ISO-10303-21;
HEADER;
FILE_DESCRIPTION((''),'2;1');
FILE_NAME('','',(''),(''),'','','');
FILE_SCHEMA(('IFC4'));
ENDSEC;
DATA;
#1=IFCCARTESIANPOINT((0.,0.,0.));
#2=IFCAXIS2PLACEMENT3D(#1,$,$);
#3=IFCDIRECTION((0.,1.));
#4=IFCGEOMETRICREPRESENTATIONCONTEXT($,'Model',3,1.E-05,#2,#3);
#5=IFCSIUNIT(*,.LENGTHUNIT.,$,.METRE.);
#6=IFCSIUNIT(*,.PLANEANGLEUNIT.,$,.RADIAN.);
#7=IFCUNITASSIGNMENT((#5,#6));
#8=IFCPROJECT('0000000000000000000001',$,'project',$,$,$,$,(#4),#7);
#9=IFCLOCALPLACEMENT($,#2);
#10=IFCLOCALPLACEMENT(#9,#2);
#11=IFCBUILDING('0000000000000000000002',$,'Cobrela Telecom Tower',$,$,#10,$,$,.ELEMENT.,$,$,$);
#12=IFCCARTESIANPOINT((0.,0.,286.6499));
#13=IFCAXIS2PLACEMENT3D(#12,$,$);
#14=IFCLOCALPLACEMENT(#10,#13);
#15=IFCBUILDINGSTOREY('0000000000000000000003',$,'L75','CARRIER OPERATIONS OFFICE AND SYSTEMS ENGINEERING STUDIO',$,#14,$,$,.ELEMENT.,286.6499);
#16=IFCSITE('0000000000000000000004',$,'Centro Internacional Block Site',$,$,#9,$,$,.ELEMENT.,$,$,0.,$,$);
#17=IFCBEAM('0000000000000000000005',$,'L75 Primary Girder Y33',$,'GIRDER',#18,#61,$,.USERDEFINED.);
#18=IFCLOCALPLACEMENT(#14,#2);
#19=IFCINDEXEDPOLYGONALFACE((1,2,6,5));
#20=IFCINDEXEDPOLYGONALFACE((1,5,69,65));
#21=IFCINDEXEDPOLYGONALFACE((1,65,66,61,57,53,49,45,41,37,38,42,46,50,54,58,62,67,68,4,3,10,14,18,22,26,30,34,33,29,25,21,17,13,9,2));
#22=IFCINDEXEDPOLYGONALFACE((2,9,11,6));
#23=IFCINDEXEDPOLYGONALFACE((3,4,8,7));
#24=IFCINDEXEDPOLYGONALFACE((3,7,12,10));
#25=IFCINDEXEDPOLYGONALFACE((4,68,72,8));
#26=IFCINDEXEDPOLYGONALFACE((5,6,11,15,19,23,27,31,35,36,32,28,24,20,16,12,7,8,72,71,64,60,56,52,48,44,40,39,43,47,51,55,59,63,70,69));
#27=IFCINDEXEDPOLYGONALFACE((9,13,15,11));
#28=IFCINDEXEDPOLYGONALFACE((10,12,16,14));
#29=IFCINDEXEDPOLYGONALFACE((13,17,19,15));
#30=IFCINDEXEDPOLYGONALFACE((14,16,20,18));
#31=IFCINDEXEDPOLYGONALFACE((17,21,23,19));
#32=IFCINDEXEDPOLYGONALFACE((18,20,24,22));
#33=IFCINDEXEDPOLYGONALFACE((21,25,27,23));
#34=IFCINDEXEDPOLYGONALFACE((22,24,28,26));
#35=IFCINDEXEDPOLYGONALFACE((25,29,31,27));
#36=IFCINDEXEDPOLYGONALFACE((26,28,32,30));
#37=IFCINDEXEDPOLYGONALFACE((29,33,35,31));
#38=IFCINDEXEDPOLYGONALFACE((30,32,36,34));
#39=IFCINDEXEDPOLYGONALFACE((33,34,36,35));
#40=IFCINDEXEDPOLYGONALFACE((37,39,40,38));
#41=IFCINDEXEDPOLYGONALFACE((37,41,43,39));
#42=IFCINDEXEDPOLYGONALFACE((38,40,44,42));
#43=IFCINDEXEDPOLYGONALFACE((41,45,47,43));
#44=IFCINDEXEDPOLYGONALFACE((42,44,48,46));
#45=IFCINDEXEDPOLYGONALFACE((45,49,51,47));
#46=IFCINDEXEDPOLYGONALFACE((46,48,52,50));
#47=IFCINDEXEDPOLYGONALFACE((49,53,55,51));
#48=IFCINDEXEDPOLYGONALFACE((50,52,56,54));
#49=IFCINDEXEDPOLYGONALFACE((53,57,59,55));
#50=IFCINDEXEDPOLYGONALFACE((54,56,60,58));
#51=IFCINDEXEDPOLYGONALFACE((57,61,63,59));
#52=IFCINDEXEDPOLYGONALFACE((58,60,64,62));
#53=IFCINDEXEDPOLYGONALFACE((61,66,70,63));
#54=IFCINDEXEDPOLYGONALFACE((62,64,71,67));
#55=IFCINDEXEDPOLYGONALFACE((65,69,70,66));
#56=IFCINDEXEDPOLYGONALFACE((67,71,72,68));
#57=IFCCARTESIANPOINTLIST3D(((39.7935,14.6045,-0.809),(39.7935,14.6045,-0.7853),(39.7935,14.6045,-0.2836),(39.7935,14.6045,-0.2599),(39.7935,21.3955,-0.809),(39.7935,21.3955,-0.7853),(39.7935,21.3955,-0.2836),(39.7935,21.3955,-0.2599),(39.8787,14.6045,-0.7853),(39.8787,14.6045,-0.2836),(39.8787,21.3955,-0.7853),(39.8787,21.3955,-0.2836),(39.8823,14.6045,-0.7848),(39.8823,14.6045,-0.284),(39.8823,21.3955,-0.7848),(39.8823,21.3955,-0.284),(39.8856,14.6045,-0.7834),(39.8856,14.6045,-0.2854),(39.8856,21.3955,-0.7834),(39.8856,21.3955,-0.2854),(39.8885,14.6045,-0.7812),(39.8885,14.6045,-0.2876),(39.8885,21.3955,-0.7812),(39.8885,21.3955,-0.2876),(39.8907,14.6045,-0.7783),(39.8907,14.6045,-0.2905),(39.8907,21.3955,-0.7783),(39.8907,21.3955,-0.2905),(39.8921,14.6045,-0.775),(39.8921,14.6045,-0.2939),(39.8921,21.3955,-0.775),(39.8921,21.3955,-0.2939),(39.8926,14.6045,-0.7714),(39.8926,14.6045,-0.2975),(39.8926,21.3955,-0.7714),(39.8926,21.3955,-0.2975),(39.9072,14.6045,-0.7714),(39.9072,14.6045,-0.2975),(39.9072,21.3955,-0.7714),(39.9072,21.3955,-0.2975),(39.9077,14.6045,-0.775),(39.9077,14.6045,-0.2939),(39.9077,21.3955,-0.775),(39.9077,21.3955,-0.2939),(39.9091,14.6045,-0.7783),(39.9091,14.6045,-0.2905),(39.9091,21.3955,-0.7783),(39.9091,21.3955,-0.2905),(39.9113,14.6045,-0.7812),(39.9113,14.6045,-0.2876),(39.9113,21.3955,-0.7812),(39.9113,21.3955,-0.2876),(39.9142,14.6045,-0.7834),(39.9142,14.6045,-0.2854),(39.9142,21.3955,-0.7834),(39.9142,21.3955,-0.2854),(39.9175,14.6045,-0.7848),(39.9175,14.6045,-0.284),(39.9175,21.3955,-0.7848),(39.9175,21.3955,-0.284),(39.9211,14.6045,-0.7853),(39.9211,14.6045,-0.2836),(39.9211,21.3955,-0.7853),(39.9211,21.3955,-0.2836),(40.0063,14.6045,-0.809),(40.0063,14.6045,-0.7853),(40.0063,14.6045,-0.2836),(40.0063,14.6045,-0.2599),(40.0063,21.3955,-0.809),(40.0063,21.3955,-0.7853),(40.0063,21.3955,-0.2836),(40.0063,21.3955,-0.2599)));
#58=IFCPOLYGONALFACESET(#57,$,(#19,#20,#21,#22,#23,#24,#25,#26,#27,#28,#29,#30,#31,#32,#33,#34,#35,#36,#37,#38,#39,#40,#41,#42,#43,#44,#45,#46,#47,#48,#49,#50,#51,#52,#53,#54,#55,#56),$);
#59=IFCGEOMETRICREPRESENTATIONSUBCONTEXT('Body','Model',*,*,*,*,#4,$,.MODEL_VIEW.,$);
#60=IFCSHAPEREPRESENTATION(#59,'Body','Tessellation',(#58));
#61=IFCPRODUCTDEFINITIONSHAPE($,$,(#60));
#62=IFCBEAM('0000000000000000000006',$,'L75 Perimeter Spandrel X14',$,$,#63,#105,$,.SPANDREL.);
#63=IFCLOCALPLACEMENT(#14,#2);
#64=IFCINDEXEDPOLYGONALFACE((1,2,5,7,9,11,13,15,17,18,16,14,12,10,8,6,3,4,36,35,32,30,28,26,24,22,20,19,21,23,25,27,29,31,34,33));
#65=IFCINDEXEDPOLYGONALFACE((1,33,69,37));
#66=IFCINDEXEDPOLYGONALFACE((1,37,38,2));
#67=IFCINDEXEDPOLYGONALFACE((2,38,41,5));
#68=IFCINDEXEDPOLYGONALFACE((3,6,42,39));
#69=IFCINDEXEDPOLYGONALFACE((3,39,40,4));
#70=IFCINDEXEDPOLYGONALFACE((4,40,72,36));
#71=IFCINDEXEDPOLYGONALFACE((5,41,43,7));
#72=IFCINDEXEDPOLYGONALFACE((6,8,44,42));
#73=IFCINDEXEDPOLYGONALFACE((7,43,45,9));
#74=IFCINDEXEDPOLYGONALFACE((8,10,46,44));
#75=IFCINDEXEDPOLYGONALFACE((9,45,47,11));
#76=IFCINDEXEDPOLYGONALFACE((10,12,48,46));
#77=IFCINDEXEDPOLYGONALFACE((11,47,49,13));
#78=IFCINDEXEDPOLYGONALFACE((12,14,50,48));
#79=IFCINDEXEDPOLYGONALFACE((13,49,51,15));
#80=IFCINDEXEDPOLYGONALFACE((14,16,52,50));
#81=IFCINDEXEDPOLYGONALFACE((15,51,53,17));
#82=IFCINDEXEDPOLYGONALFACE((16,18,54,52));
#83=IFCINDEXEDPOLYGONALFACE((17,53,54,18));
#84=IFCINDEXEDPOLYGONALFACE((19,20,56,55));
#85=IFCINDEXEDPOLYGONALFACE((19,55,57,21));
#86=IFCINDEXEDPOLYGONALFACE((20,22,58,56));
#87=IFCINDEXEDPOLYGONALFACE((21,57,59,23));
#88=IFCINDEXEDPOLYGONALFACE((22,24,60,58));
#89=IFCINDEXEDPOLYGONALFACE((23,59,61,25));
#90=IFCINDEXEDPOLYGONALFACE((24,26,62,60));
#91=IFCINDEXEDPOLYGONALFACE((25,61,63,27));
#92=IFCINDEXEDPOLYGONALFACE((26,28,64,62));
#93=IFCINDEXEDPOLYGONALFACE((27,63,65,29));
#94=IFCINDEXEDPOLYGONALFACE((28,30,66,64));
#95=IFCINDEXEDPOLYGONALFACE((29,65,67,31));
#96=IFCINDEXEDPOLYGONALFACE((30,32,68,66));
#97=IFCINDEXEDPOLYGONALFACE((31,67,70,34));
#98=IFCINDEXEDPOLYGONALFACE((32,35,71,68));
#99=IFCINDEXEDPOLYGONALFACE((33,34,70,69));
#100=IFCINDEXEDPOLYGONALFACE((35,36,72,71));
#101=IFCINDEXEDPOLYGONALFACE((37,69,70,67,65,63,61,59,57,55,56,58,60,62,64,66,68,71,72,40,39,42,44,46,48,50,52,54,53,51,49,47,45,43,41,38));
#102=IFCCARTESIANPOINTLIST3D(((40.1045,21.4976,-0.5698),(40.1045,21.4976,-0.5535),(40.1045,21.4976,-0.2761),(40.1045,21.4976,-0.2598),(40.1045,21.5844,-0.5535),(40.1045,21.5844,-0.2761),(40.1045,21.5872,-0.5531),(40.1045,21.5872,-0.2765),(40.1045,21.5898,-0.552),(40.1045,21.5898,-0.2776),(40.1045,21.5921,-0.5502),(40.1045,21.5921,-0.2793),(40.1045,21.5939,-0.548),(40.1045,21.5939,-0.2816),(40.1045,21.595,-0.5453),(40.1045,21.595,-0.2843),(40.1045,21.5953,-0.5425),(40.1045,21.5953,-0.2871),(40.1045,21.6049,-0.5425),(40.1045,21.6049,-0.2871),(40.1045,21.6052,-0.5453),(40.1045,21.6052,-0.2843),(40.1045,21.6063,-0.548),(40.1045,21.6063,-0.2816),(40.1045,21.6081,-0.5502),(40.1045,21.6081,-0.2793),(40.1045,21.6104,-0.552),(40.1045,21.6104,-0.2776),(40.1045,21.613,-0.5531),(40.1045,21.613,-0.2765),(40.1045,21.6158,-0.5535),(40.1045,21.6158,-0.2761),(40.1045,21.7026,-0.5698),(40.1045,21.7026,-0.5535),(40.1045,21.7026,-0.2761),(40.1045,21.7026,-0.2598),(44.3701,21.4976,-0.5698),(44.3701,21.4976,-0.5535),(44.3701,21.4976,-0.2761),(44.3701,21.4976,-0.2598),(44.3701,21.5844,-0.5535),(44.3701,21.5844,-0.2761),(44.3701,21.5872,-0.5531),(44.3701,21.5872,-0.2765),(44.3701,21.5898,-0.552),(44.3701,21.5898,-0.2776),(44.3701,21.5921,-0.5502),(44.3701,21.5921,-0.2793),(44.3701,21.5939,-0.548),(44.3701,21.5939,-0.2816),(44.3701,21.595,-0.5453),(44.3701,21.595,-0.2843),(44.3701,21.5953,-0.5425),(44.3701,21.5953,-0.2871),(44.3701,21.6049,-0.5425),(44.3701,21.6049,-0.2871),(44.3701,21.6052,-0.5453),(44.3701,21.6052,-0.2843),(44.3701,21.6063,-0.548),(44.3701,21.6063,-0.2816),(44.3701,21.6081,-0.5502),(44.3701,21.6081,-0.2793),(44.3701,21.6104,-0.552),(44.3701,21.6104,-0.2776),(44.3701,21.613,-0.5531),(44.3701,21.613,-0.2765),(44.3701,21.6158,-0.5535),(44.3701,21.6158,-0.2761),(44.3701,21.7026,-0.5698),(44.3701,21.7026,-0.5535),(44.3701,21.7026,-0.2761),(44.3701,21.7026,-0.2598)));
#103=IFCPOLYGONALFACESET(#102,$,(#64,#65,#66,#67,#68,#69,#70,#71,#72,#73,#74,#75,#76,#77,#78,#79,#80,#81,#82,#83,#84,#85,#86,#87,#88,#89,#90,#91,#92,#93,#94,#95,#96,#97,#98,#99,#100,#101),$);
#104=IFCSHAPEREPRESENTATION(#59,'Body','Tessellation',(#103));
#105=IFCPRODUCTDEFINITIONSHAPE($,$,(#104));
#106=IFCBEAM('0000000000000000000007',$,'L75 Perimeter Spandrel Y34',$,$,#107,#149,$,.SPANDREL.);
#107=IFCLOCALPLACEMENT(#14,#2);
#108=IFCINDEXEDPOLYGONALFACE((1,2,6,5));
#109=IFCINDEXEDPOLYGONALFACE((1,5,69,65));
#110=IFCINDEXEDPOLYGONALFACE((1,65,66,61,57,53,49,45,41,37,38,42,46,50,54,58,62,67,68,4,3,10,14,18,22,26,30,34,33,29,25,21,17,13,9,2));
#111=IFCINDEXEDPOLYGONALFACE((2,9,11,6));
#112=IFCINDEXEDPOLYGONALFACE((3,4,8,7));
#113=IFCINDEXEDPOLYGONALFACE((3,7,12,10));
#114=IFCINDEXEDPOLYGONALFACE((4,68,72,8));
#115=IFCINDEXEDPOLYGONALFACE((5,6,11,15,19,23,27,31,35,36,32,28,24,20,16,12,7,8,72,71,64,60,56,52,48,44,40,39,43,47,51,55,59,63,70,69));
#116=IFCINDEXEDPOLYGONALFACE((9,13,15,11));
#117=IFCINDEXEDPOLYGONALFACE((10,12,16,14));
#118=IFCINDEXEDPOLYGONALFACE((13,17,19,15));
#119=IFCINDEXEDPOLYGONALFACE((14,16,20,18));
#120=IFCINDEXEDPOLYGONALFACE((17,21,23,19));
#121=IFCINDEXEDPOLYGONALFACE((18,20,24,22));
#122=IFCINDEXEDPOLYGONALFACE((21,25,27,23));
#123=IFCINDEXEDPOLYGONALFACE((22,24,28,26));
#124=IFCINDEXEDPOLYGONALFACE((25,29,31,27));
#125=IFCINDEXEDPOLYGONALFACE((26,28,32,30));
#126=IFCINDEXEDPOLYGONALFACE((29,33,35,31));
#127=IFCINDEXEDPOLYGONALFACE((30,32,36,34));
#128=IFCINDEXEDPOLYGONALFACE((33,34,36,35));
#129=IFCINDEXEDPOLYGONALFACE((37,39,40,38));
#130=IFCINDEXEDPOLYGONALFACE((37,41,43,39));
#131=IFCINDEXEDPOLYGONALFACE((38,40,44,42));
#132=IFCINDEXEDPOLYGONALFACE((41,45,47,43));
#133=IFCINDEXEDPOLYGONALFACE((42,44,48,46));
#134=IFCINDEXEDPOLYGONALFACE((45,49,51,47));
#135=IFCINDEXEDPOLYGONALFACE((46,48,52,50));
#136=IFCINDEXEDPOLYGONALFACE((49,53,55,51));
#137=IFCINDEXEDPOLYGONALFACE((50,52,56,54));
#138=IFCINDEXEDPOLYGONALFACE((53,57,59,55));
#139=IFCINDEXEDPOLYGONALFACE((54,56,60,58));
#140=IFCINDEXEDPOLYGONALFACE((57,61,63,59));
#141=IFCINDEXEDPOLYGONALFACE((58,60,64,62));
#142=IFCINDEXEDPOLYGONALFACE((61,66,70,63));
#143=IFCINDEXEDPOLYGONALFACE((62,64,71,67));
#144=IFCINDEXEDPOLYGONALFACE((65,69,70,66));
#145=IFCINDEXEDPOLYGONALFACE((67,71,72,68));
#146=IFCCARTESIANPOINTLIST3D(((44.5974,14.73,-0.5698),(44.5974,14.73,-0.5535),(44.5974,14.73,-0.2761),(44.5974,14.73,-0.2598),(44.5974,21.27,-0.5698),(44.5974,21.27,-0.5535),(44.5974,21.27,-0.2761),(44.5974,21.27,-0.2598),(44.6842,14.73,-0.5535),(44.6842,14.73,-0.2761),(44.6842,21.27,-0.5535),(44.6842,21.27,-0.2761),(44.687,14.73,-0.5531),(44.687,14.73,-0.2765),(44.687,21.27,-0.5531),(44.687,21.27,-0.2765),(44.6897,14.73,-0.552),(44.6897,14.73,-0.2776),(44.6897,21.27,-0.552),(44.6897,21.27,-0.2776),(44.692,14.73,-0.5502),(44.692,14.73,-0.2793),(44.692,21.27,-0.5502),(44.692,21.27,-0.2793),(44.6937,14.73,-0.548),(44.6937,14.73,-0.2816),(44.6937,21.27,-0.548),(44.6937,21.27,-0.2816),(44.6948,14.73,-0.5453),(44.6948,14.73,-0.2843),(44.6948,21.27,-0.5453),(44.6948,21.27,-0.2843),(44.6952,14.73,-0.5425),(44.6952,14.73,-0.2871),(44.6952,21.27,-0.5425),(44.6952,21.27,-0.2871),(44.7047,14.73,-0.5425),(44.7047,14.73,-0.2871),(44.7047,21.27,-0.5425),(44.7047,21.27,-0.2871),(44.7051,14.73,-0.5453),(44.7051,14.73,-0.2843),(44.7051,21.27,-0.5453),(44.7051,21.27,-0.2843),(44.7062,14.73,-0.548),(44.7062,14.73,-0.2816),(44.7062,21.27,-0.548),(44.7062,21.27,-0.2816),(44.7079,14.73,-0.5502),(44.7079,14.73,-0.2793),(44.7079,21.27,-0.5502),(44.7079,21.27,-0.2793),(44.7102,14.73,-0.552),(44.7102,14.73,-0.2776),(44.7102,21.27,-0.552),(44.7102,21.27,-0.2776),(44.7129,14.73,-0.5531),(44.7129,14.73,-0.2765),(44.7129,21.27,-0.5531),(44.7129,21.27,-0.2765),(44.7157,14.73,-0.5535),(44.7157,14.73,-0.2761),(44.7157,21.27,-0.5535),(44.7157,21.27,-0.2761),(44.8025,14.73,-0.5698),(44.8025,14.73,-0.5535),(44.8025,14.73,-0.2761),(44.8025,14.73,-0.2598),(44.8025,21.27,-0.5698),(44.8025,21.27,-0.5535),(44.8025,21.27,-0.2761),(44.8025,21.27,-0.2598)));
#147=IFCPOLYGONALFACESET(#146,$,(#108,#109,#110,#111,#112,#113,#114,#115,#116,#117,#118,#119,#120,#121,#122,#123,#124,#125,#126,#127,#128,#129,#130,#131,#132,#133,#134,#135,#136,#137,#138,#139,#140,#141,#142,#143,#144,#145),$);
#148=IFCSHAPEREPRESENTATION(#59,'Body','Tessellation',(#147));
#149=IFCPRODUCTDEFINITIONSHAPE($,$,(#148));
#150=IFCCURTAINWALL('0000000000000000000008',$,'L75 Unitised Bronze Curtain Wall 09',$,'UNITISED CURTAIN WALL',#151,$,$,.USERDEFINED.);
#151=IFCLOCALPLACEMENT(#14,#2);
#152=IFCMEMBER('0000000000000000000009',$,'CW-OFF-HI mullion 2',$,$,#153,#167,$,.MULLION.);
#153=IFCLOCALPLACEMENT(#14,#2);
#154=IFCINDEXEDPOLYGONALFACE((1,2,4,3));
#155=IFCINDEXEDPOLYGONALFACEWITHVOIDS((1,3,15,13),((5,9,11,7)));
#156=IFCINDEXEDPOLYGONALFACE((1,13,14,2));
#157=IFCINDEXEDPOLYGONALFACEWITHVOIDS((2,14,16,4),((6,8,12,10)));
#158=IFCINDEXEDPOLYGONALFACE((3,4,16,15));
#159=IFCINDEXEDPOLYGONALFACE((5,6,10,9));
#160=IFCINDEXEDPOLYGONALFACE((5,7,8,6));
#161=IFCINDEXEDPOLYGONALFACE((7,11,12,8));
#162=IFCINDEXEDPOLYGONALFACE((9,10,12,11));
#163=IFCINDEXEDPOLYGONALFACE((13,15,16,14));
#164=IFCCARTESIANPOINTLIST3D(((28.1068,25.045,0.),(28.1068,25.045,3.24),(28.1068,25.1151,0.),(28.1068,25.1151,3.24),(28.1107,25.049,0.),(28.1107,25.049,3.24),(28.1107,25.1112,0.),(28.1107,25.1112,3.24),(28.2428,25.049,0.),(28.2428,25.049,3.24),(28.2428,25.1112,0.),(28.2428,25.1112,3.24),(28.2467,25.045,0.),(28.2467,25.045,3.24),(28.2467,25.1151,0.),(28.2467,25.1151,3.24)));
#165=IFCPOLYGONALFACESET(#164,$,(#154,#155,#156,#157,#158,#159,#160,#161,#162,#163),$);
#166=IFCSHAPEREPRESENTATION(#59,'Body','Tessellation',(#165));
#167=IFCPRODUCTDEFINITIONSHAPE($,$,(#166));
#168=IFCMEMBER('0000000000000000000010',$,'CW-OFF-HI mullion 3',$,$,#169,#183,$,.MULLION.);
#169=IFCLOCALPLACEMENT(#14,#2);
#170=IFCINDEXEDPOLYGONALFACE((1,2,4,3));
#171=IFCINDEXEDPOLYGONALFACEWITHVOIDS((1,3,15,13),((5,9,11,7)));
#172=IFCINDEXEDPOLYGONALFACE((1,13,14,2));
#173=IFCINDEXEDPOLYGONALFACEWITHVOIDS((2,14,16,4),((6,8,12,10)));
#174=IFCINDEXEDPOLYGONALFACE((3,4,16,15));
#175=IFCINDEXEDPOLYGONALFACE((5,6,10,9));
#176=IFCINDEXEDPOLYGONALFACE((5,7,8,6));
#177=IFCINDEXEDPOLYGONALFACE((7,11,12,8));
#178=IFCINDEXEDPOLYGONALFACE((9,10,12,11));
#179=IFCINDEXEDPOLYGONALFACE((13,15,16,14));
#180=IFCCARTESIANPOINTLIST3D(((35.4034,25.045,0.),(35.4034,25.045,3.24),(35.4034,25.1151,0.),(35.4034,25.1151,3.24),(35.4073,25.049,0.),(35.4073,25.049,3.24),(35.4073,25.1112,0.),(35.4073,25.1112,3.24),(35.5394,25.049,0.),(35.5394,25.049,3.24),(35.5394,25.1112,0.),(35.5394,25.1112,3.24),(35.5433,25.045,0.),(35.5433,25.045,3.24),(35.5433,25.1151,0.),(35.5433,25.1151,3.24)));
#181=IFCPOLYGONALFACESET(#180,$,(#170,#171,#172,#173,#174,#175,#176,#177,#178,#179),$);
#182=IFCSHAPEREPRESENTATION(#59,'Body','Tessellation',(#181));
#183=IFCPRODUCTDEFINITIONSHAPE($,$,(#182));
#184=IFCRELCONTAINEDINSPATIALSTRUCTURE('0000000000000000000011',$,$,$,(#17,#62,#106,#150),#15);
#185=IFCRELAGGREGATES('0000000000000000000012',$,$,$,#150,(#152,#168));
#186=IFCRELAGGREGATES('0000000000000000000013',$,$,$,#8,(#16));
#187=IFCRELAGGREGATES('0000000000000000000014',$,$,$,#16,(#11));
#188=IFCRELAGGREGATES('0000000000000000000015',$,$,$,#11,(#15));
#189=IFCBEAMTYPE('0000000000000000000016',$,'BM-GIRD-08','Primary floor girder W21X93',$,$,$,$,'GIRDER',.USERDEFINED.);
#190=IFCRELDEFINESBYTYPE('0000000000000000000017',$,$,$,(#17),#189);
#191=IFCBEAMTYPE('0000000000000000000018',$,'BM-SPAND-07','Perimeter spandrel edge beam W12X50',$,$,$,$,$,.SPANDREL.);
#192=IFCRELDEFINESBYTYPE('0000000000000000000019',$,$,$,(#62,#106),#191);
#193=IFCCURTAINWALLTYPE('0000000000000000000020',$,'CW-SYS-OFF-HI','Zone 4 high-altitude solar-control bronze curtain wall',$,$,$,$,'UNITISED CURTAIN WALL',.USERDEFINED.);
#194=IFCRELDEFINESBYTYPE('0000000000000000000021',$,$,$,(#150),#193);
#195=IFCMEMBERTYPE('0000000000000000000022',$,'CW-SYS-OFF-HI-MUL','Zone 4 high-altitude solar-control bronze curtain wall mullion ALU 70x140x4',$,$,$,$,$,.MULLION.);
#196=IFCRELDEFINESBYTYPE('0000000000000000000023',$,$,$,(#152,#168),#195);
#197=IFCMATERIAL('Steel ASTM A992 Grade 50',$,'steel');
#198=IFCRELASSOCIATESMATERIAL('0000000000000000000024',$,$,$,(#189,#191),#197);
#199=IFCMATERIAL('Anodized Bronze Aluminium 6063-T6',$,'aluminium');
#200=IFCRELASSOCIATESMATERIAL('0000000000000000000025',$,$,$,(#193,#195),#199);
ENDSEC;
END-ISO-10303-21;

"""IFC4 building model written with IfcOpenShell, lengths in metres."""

from ifc_helpers import new_model, si_unit, direction, frame, origin, origin_2d, place, context, subcontext, project, spatial, hollow_rectangle, i_section, extrude, material, material_profile, profile_set, type_object, element, aggregate, save


model = new_model("IFC4")

# Units and contexts
model_context = context("Model", 3, precision=1e-05, world=origin(), true_north=direction((0.0, 1.0)))
body_context = subcontext(model_context, "Body", "Model", "MODEL_VIEW")
ifc_project = project(units=[si_unit("LENGTHUNIT", "METRE"), si_unit("PLANEANGLEUNIT", "RADIAN")], contexts=[model_context])

# Site, building, storey
site_placement = place(None, origin())
site = spatial("IfcSite", under=ifc_project, at=site_placement, Name="Centro Internacional Block Site", CompositionType="ELEMENT", RefElevation=0.0)
building_placement = place(site_placement, origin())
building = spatial("IfcBuilding", under=site, at=building_placement, Name="Cobrela Telecom Tower", CompositionType="ELEMENT")
storey_placement = place(building_placement, frame((0.0, 0.0, 286.6499)))
storey = spatial("IfcBuildingStorey", under=building, at=storey_placement, Name="L75", Description="CARRIER OPERATIONS OFFICE AND SYSTEMS ENGINEERING STUDIO", CompositionType="ELEMENT", Elevation=286.6499)

# Shared definitions
ifc_material_1 = material(Name="Steel ASTM A992 Grade 50", Category="steel")

# Beams
ifc_material_profile_1 = material_profile(ifc_material_1, i_section(OverallWidth=0.2129, OverallDepth=0.5491, WebThickness=0.0146, FlangeThickness=0.0237, FilletRadius=0.0139, at=origin_2d()), Name="W21X93")
ifc_profile_set_1 = profile_set([ifc_material_profile_1], Name="Steel ASTM A992 Grade 50")
beam_type_1 = type_object("IfcBeamType", Name="BM-GIRD-08", Description="Primary floor girder W21X93", ElementType="GIRDER", PredefinedType="USERDEFINED", material=ifc_profile_set_1)
for number, where, z_axis, x_axis, name in (
    (1, (39.8999, 14.6045, -0.5344), (0.0, 1.0, 0.0), (-1.0, 0.0, 0.0), "L75 Primary Girder Y33"),
):
    element("IfcBeam", number, at=place(storey_placement, frame(where, z_axis=z_axis, x_axis=x_axis)), inside=storey, type_object=beam_type_1, Name=name, ObjectType="GIRDER", PredefinedType="USERDEFINED", context=body_context, shape_type="SweptSolid", body=[
        extrude(i_section(OverallWidth=0.2129, OverallDepth=0.5491, WebThickness=0.0146, FlangeThickness=0.0237, FilletRadius=0.0139, at=origin_2d()), origin(), (0.0, 0.0, 1.0), 6.791),
    ])
ifc_material_profile_2 = material_profile(ifc_material_1, i_section(OverallWidth=0.2051, OverallDepth=0.3101, WebThickness=0.0095, FlangeThickness=0.0164, FilletRadius=0.011, at=origin_2d()), Name="W12X50")
ifc_profile_set_2 = profile_set([ifc_material_profile_2], Name="Steel ASTM A992 Grade 50")
beam_type_2 = type_object("IfcBeamType", Name="BM-SPAND-07", Description="Perimeter spandrel edge beam W12X50", PredefinedType="SPANDREL", material=ifc_profile_set_2)
beam_1_placement = place(storey_placement, frame((40.1045, 21.6001, -0.4148), z_axis=(1.0, 0.0, 0.0), x_axis=(0.0, 1.0, 0.0)))
element("IfcBeam", 2, at=beam_1_placement, inside=storey, type_object=beam_type_2, Name="L75 Perimeter Spandrel X14", PredefinedType="SPANDREL", context=body_context, shape_type="SweptSolid", body=[
    extrude(i_section(OverallWidth=0.2051, OverallDepth=0.3101, WebThickness=0.0095, FlangeThickness=0.0164, FilletRadius=0.011, at=origin_2d()), origin(), (0.0, 0.0, 1.0), 4.2656),
])
beam_2_placement = place(storey_placement, frame((44.7, 14.73, -0.4148), z_axis=(0.0, 1.0, 0.0), x_axis=(-1.0, 0.0, 0.0)))
element("IfcBeam", 3, at=beam_2_placement, inside=storey, type_object=beam_type_2, Name="L75 Perimeter Spandrel Y34", PredefinedType="SPANDREL", context=body_context, shape_type="SweptSolid", body=[
    extrude(i_section(OverallWidth=0.2051, OverallDepth=0.3101, WebThickness=0.0095, FlangeThickness=0.0164, FilletRadius=0.011, at=origin_2d()), origin(), (0.0, 0.0, 1.0), 6.54),
])

# Curtain wall, members
ifc_material_2 = material(Name="Anodized Bronze Aluminium 6063-T6", Category="aluminium")
curtain_wall_type = type_object("IfcCurtainWallType", Name="CW-SYS-OFF-HI", Description="Zone 4 high-altitude solar-control bronze curtain wall", ElementType="UNITISED CURTAIN WALL", PredefinedType="USERDEFINED", material=ifc_material_2)
curtain_wall_1_placement = place(storey_placement, origin())
curtain_wall_1 = element("IfcCurtainWall", 4, at=curtain_wall_1_placement, inside=storey, type_object=curtain_wall_type, Name="L75 Unitised Bronze Curtain Wall 09", ObjectType="UNITISED CURTAIN WALL", PredefinedType="USERDEFINED")
ifc_material_profile_3 = material_profile(ifc_material_2, hollow_rectangle(XDim=0.0701, YDim=0.1399, WallThickness=0.0039, at=origin_2d()), Name="ALU 70x140x4")
ifc_profile_set_3 = profile_set([ifc_material_profile_3], Name="Anodized Bronze Aluminium 6063-T6")
member_type_1 = type_object("IfcMemberType", Name="CW-SYS-OFF-HI-MUL", Description="Zone 4 high-altitude solar-control bronze curtain wall mullion ALU 70x140x4", PredefinedType="MULLION", material=ifc_profile_set_3)
member_1_placement = place(storey_placement, frame((28.1768, 25.0801, 0.0), z_axis=(0.0, 0.0, 1.0), x_axis=(0.0, 1.0, 0.0)))
member_1 = element("IfcMember", 5, at=member_1_placement, type_object=member_type_1, Name="CW-OFF-HI mullion 2", PredefinedType="MULLION", context=body_context, shape_type="SweptSolid", body=[
    extrude(hollow_rectangle(XDim=0.0701, YDim=0.1399, WallThickness=0.0039, at=origin_2d()), origin(), (0.0, 0.0, 1.0), 3.24),
])
member_2_placement = place(storey_placement, frame((35.4734, 25.0801, 0.0), z_axis=(0.0, 0.0, 1.0), x_axis=(0.0, 1.0, 0.0)))
member_2 = element("IfcMember", 6, at=member_2_placement, type_object=member_type_1, Name="CW-OFF-HI mullion 3", PredefinedType="MULLION", context=body_context, shape_type="SweptSolid", body=[
    extrude(hollow_rectangle(XDim=0.0701, YDim=0.1399, WallThickness=0.0039, at=origin_2d()), origin(), (0.0, 0.0, 1.0), 3.24),
])

aggregate(curtain_wall_1, [member_1, member_2])

save(model, "model.ifc")
